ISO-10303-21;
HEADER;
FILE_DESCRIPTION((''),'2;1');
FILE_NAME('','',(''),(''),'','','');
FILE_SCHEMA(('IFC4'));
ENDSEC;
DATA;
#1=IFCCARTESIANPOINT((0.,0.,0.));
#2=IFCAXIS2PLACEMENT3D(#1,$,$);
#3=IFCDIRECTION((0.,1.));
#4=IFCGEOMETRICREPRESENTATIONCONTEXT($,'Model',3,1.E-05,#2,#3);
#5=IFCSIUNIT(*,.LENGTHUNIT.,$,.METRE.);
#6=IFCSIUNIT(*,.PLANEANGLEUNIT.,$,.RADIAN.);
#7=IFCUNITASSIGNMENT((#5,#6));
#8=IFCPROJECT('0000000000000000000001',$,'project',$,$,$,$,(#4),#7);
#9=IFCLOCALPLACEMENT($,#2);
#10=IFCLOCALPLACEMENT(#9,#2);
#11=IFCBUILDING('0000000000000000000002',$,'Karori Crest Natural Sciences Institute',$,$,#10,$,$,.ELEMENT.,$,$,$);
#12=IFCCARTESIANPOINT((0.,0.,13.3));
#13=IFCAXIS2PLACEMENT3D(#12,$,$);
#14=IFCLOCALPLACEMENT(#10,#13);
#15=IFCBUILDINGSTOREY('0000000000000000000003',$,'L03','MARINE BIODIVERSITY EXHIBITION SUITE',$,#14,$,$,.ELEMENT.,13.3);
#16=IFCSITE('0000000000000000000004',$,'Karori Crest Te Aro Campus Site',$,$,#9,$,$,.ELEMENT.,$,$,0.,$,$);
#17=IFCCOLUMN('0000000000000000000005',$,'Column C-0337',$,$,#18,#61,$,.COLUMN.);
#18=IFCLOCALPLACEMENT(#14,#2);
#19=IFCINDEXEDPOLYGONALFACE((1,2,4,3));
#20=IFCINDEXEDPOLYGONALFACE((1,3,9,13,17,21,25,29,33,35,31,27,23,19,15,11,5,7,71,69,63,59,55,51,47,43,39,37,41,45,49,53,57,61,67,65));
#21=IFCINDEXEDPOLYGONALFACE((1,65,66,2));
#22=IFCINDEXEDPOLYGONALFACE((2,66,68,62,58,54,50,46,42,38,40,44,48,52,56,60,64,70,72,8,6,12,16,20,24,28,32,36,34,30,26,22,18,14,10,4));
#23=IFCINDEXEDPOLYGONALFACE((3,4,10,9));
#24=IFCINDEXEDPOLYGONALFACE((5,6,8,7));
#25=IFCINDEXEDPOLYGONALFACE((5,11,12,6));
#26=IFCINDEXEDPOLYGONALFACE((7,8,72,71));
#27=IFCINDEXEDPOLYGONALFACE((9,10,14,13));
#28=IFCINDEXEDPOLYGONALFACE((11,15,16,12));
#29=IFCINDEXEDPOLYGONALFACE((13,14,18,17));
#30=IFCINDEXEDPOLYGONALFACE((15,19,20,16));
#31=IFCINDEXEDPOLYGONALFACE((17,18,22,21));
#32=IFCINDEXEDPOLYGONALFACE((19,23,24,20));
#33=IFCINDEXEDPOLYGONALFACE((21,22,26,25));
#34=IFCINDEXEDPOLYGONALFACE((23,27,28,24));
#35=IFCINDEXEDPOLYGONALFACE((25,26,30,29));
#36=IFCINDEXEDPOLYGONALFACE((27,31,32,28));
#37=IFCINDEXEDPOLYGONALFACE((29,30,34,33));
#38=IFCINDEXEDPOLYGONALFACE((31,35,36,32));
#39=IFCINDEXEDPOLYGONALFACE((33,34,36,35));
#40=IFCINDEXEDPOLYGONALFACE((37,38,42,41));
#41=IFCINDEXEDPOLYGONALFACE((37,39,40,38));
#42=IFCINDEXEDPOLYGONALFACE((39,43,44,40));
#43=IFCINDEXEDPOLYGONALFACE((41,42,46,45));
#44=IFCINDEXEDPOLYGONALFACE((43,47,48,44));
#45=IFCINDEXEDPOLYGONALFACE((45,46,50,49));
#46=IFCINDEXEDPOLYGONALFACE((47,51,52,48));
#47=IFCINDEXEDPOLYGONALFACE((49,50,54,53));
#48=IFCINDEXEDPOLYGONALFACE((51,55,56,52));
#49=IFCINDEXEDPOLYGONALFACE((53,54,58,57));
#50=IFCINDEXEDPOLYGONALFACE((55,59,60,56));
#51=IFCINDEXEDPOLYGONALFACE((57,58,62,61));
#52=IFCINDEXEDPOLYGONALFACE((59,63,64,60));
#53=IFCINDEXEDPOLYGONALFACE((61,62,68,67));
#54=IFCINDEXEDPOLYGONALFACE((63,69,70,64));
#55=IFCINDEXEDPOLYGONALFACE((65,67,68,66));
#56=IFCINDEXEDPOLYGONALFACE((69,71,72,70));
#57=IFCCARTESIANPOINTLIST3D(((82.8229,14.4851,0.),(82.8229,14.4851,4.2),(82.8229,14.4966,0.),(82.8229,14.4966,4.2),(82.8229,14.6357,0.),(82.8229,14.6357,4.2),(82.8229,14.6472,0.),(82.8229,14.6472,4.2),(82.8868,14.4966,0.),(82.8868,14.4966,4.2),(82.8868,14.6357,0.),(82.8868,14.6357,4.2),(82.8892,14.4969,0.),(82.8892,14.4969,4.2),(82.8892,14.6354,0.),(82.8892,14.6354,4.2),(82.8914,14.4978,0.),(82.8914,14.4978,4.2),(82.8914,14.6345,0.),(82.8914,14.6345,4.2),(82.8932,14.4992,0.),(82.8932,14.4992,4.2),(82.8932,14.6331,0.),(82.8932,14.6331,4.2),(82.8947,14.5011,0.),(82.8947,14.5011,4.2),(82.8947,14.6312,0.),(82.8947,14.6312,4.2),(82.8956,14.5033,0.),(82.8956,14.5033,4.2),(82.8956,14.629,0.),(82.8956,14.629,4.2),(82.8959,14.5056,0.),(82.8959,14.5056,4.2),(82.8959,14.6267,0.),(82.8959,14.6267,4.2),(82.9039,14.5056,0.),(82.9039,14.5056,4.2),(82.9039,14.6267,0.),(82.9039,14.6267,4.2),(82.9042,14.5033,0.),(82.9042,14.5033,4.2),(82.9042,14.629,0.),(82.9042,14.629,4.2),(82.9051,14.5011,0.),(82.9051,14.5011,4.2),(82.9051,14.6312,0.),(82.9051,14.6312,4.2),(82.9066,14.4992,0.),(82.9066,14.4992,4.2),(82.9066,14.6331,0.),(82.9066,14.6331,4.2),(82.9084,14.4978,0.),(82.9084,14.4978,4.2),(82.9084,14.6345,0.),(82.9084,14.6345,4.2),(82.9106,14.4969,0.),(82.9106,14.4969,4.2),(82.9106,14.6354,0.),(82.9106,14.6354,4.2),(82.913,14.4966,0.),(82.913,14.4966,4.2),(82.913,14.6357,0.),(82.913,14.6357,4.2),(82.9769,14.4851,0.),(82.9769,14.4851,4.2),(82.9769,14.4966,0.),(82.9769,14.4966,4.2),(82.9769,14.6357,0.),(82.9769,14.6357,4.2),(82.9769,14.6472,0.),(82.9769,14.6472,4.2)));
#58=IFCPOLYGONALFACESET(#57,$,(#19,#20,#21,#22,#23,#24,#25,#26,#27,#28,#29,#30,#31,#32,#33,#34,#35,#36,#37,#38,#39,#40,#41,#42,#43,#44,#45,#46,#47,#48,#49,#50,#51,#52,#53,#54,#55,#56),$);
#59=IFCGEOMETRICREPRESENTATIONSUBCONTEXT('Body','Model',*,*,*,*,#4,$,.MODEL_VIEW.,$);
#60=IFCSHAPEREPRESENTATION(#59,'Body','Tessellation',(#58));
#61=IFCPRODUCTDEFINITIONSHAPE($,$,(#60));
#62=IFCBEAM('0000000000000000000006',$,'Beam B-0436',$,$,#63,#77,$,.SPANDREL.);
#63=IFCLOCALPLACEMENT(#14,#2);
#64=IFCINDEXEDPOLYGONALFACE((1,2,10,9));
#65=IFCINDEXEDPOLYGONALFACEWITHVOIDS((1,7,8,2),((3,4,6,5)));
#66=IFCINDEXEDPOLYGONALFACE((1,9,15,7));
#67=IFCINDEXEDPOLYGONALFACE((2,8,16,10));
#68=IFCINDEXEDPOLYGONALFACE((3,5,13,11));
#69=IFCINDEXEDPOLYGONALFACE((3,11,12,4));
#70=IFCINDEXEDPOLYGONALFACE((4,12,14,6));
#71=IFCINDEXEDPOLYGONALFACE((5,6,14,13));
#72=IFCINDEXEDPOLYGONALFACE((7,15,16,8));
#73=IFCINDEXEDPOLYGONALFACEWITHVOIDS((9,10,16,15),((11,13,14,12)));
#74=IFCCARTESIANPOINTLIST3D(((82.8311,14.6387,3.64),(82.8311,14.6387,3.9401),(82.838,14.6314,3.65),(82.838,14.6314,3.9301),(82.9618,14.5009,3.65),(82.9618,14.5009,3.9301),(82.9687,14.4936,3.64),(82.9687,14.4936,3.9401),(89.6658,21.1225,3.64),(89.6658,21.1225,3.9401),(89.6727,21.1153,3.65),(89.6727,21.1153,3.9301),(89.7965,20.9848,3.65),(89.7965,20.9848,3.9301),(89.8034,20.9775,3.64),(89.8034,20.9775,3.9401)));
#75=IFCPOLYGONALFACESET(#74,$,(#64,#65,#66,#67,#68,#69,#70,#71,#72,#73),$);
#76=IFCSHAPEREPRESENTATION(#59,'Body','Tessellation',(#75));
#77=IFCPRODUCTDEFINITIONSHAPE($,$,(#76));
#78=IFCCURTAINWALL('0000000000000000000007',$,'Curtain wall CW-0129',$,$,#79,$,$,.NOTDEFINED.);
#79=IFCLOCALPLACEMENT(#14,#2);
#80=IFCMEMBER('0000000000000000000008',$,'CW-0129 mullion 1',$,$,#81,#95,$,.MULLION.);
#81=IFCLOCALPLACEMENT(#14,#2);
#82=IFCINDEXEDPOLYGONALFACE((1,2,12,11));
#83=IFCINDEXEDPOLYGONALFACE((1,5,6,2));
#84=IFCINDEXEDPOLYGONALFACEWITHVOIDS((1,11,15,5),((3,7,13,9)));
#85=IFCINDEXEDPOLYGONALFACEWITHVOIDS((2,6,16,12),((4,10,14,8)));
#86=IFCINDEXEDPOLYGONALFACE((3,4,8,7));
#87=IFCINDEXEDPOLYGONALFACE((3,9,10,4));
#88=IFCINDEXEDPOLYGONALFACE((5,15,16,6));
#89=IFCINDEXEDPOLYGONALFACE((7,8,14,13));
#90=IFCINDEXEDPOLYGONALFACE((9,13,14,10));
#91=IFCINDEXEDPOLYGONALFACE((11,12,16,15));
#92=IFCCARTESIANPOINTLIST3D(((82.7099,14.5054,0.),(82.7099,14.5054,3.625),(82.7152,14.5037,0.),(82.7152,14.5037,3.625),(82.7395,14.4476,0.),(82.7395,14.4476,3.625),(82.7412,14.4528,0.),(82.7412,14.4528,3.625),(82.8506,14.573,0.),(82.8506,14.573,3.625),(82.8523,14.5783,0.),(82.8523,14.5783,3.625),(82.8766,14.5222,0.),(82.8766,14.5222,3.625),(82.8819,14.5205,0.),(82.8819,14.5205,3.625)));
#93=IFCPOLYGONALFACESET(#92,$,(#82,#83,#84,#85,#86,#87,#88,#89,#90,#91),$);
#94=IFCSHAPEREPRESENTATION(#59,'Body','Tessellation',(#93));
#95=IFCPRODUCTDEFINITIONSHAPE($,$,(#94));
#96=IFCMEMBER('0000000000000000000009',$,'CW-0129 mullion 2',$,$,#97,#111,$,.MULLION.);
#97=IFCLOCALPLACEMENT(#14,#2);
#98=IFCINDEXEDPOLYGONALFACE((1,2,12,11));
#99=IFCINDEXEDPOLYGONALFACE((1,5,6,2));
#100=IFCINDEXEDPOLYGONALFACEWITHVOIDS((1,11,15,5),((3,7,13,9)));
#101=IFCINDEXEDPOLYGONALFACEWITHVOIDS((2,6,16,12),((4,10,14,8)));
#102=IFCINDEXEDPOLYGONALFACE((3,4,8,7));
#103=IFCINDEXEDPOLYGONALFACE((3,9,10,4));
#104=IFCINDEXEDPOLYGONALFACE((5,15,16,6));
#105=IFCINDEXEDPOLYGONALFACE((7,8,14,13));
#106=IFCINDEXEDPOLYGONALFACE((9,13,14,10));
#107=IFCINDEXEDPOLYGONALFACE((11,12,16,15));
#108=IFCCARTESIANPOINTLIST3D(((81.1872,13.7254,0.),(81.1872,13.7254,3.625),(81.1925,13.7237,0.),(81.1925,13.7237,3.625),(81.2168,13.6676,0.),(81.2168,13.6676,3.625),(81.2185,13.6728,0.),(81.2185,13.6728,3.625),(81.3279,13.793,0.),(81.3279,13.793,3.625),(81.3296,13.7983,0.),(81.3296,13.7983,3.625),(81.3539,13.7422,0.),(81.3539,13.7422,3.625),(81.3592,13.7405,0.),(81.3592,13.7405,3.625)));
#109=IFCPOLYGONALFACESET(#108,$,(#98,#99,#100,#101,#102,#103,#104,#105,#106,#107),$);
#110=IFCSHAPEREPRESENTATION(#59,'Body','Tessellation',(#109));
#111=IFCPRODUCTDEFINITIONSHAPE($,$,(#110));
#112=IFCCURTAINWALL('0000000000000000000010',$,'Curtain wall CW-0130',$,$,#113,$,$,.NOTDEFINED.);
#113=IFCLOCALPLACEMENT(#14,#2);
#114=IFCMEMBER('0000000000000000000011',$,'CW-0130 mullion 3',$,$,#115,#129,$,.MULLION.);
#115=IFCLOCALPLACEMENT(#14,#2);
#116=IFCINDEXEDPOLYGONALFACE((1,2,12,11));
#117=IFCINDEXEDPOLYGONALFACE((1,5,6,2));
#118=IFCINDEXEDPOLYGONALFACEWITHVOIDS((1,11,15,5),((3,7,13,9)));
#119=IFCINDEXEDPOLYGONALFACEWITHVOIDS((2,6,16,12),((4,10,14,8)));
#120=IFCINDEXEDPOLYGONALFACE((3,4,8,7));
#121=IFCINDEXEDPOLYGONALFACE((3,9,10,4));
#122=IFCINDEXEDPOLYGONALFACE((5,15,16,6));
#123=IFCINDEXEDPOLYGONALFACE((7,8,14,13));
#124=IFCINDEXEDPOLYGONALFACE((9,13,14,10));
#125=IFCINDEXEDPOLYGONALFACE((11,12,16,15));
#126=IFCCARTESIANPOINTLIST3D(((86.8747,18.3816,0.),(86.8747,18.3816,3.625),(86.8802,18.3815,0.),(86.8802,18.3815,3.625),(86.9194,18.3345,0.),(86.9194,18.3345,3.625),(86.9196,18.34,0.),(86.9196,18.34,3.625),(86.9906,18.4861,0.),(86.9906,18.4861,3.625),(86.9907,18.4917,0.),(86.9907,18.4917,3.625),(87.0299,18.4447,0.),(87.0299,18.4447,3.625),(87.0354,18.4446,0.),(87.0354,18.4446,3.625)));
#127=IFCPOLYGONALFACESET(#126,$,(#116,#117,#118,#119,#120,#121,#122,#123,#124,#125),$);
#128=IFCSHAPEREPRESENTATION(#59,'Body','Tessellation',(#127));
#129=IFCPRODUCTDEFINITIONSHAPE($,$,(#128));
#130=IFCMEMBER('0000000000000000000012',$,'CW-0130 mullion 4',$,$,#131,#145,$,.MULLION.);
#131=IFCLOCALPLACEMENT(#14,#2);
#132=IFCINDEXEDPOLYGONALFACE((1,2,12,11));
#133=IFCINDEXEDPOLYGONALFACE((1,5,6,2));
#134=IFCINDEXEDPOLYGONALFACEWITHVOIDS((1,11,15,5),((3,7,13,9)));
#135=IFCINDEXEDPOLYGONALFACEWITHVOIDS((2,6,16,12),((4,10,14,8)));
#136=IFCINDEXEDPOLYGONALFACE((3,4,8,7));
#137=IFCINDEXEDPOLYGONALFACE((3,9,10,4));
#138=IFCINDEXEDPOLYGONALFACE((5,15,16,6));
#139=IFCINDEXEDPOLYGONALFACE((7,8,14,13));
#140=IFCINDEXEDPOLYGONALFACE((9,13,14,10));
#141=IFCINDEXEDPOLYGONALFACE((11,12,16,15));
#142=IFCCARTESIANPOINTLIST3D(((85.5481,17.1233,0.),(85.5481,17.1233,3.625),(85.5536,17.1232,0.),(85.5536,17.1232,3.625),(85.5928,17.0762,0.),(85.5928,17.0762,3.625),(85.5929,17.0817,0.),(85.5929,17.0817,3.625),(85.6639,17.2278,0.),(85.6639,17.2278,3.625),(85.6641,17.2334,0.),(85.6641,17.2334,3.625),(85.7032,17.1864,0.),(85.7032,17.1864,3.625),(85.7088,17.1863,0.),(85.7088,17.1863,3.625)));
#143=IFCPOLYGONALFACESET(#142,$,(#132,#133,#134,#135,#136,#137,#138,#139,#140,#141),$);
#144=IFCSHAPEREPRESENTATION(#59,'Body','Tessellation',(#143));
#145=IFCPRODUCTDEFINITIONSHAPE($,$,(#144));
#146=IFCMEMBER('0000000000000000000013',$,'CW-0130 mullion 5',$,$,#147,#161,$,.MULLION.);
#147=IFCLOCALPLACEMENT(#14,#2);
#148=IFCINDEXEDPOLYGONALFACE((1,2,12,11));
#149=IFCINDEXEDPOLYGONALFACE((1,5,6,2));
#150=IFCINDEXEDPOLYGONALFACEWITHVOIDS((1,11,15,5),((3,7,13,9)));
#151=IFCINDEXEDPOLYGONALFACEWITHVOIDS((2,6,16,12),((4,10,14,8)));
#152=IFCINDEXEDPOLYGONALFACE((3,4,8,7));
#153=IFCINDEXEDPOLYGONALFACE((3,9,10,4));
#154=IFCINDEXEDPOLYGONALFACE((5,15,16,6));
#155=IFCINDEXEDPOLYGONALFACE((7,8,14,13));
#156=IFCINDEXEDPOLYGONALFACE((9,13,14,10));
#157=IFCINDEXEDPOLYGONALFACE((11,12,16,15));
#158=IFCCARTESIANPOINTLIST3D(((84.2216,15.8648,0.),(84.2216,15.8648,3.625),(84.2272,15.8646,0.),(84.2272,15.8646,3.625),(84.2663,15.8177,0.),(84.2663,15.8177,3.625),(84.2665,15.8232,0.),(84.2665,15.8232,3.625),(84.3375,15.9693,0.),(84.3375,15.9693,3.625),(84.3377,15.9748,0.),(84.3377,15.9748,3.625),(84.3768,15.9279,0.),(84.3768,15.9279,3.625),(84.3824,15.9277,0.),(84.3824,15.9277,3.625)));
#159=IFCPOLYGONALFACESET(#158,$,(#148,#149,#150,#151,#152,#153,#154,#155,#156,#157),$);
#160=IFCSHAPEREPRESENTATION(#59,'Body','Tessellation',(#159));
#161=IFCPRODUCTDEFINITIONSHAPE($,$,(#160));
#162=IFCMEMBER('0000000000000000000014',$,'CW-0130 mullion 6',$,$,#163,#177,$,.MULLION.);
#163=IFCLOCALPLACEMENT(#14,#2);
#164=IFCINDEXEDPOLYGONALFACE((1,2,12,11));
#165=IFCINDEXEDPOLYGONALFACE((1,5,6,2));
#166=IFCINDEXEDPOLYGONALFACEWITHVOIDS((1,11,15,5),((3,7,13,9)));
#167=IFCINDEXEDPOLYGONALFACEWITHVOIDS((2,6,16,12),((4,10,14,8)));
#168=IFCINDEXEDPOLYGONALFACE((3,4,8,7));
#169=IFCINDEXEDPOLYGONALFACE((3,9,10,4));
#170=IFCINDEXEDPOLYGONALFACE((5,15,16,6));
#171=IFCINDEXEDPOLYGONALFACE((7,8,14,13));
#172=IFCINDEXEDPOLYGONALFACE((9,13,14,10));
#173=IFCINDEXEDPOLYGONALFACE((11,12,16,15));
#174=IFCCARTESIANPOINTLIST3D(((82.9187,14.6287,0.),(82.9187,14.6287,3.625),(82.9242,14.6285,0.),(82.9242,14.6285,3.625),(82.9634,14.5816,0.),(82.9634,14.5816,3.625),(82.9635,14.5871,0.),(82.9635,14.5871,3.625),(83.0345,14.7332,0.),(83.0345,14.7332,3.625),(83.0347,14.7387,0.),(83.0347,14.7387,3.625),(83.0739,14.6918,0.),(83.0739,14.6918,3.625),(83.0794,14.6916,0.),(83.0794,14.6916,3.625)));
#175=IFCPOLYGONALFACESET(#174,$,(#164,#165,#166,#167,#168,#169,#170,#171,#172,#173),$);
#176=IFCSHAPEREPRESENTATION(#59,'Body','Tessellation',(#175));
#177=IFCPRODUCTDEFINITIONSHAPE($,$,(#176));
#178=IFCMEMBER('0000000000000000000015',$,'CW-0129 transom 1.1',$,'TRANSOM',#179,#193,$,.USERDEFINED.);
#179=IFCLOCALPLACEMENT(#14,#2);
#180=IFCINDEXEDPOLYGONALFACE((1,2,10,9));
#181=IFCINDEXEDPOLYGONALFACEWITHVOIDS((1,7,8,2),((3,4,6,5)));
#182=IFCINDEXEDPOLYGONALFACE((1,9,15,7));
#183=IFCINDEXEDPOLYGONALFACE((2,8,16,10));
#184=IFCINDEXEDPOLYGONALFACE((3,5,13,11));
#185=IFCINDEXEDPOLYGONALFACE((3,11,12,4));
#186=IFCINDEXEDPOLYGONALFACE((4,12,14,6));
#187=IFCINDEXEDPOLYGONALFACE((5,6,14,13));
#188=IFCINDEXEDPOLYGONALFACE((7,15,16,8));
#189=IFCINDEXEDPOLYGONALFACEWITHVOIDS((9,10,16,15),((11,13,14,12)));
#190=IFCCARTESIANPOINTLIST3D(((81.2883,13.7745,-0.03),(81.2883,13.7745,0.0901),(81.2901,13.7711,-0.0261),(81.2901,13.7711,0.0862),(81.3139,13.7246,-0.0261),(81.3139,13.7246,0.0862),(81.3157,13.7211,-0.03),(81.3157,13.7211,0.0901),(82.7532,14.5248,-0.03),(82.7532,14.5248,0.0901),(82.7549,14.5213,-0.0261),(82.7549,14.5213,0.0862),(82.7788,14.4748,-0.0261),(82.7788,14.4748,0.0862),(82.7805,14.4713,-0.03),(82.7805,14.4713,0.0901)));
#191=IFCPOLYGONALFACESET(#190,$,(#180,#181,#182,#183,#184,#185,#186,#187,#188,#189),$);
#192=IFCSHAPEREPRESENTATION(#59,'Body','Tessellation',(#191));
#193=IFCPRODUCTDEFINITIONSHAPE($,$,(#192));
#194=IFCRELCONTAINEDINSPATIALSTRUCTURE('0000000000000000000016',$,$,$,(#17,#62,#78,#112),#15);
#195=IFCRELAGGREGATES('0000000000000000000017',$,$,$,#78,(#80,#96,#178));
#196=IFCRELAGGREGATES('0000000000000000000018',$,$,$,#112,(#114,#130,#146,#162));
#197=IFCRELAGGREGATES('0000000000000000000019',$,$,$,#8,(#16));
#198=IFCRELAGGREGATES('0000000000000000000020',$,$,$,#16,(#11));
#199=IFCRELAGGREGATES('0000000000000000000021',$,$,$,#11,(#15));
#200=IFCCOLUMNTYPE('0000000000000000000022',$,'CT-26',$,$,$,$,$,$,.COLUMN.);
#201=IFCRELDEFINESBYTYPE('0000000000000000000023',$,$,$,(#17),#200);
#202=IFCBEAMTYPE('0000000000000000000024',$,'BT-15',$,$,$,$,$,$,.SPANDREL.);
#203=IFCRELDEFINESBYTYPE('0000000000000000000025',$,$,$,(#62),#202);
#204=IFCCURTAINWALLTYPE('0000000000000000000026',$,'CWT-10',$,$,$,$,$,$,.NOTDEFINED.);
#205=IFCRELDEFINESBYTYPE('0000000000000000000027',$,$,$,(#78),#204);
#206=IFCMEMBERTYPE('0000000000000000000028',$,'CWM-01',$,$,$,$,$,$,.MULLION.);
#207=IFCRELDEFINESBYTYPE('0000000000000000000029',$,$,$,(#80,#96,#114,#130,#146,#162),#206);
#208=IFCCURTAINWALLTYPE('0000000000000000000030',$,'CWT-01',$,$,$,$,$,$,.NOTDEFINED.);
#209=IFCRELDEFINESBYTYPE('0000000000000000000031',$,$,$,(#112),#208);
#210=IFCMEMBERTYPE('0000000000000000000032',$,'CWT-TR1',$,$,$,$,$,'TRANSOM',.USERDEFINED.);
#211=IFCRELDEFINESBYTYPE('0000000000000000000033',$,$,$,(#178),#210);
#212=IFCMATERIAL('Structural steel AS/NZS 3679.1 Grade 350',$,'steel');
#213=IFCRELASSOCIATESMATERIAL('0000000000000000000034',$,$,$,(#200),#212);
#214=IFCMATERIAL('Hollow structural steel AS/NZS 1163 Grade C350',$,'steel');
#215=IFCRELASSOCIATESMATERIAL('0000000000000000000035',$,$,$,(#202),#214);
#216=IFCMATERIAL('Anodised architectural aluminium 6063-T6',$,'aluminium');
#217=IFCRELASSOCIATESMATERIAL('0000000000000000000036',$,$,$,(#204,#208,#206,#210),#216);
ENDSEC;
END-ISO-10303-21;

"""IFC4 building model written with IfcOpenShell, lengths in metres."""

from ifc_helpers import new_model, si_unit, direction, frame, origin, origin_2d, place, context, subcontext, project, spatial, hollow_rectangle, i_section, extrude, material, material_profile, profile_set, type_object, element, aggregate, save


model = new_model("IFC4")

# Units and contexts
model_context = context("Model", 3, precision=1e-05, world=origin(), true_north=direction((0.0, 1.0)))
body_context = subcontext(model_context, "Body", "Model", "MODEL_VIEW")
ifc_project = project(units=[si_unit("LENGTHUNIT", "METRE"), si_unit("PLANEANGLEUNIT", "RADIAN")], contexts=[model_context])

# Site, building, storey
site_placement = place(None, origin())
site = spatial("IfcSite", under=ifc_project, at=site_placement, Name="Karori Crest Te Aro Campus Site", CompositionType="ELEMENT", RefElevation=0.0)
building_placement = place(site_placement, origin())
building = spatial("IfcBuilding", under=site, at=building_placement, Name="Karori Crest Natural Sciences Institute", CompositionType="ELEMENT")
storey_placement = place(building_placement, frame((0.0, 0.0, 13.3)))
storey = spatial("IfcBuildingStorey", under=building, at=storey_placement, Name="L03", Description="MARINE BIODIVERSITY EXHIBITION SUITE", CompositionType="ELEMENT", Elevation=13.3)

# Column
ifc_material_1 = material(Name="Structural steel AS/NZS 3679.1 Grade 350", Category="steel")
ifc_material_profile_1 = material_profile(ifc_material_1, i_section(OverallWidth=0.1541, OverallDepth=0.1621, WebThickness=0.0081, FlangeThickness=0.0115, FilletRadius=0.009, at=origin_2d()), Name="150UC37.2")
ifc_profile_set_1 = profile_set([ifc_material_profile_1], Name="Structural steel AS/NZS 3679.1 Grade 350")
column_type = type_object("IfcColumnType", Name="CT-26", PredefinedType="COLUMN", material=ifc_profile_set_1)
column_placement = place(storey_placement, frame((82.8999, 14.5662, 0.0), z_axis=(0.0, 0.0, 1.0), x_axis=(1.0, 0.0, 0.0)))
element("IfcColumn", 1, at=column_placement, inside=storey, type_object=column_type, Name="Column C-0337", PredefinedType="COLUMN", context=body_context, shape_type="SweptSolid", body=[
    extrude(i_section(OverallWidth=0.1541, OverallDepth=0.1621, WebThickness=0.0081, FlangeThickness=0.0115, FilletRadius=0.009, at=origin_2d()), origin(), (0.0, 0.0, 1.0), 4.2),
])

# Beam
ifc_material_2 = material(Name="Hollow structural steel AS/NZS 1163 Grade C350", Category="steel")
ifc_material_profile_2 = material_profile(ifc_material_2, hollow_rectangle(XDim=0.2, YDim=0.3, WallThickness=0.01, at=origin_2d()), Name="RHS300x200x10")
ifc_profile_set_2 = profile_set([ifc_material_profile_2], Name="Hollow structural steel AS/NZS 1163 Grade C350")
beam_type = type_object("IfcBeamType", Name="BT-15", PredefinedType="SPANDREL", material=ifc_profile_set_2)
beam_placement = place(storey_placement, frame((82.8999, 14.5662, 3.79), z_axis=(0.725481, 0.688242, 0.0), x_axis=(-0.688242, 0.725481, 0.0)))
element("IfcBeam", 2, at=beam_placement, inside=storey, type_object=beam_type, Name="Beam B-0436", PredefinedType="SPANDREL", context=body_context, shape_type="SweptSolid", body=[
    extrude(hollow_rectangle(XDim=0.2, YDim=0.3, WallThickness=0.01, at=origin_2d()), origin(), (0.0, 0.0, 1.0), 9.4209),
])

# Curtain walls, members
ifc_material_3 = material(Name="Anodised architectural aluminium 6063-T6", Category="aluminium")
curtain_wall_type_1 = type_object("IfcCurtainWallType", Name="CWT-10", PredefinedType="NOTDEFINED", material=ifc_material_3)
curtain_wall_1_placement = place(storey_placement, origin())
curtain_wall_1 = element("IfcCurtainWall", 3, at=curtain_wall_1_placement, inside=storey, type_object=curtain_wall_type_1, Name="Curtain wall CW-0129", PredefinedType="NOTDEFINED")
ifc_material_profile_3 = material_profile(ifc_material_3, hollow_rectangle(XDim=0.0649, YDim=0.1599, WallThickness=0.0039, at=origin_2d()), Name="CWM160x65x4")
ifc_profile_set_3 = profile_set([ifc_material_profile_3], Name="Anodised architectural aluminium 6063-T6")
member_type_1 = type_object("IfcMemberType", Name="CWM-01", PredefinedType="MULLION", material=ifc_profile_set_3)
member_1_placement = place(storey_placement, frame((82.7959, 14.5129, 0.0), z_axis=(0.0, 0.0, 1.0), x_axis=(0.455829, -0.890067, 0.0)))
member_1 = element("IfcMember", 4, at=member_1_placement, type_object=member_type_1, Name="CW-0129 mullion 1", PredefinedType="MULLION", context=body_context, shape_type="SweptSolid", body=[
    extrude(hollow_rectangle(XDim=0.0649, YDim=0.1599, WallThickness=0.0039, at=origin_2d()), origin(), (0.0, 0.0, 1.0), 3.625),
])
member_2_placement = place(storey_placement, frame((81.2732, 13.7329, 0.0), z_axis=(0.0, 0.0, 1.0), x_axis=(0.455829, -0.890067, 0.0)))
member_2 = element("IfcMember", 5, at=member_2_placement, type_object=member_type_1, Name="CW-0129 mullion 2", PredefinedType="MULLION", context=body_context, shape_type="SweptSolid", body=[
    extrude(hollow_rectangle(XDim=0.0649, YDim=0.1599, WallThickness=0.0039, at=origin_2d()), origin(), (0.0, 0.0, 1.0), 3.625),
])
curtain_wall_type_2 = type_object("IfcCurtainWallType", Name="CWT-01", PredefinedType="NOTDEFINED", material=ifc_material_3)
curtain_wall_2_placement = place(storey_placement, origin())
curtain_wall_2 = element("IfcCurtainWall", 6, at=curtain_wall_2_placement, inside=storey, type_object=curtain_wall_type_2, Name="Curtain wall CW-0130", PredefinedType="NOTDEFINED")
member_3_placement = place(storey_placement, frame((86.9551, 18.4131, 0.0), z_axis=(0.0, 0.0, 1.0), x_axis=(0.688251, -0.725473, 0.0)))
member_3 = element("IfcMember", 7, at=member_3_placement, type_object=member_type_1, Name="CW-0130 mullion 3", PredefinedType="MULLION", context=body_context, shape_type="SweptSolid", body=[
    extrude(hollow_rectangle(XDim=0.0649, YDim=0.1599, WallThickness=0.0039, at=origin_2d()), origin(), (0.0, 0.0, 1.0), 3.625),
])
member_4_placement = place(storey_placement, frame((85.6284, 17.1548, 0.0), z_axis=(0.0, 0.0, 1.0), x_axis=(0.688251, -0.725473, 0.0)))
member_4 = element("IfcMember", 8, at=member_4_placement, type_object=member_type_1, Name="CW-0130 mullion 4", PredefinedType="MULLION", context=body_context, shape_type="SweptSolid", body=[
    extrude(hollow_rectangle(XDim=0.0649, YDim=0.1599, WallThickness=0.0039, at=origin_2d()), origin(), (0.0, 0.0, 1.0), 3.625),
])
member_5_placement = place(storey_placement, frame((84.302, 15.8962, 0.0), z_axis=(0.0, 0.0, 1.0), x_axis=(0.688251, -0.725473, 0.0)))
member_5 = element("IfcMember", 9, at=member_5_placement, type_object=member_type_1, Name="CW-0130 mullion 5", PredefinedType="MULLION", context=body_context, shape_type="SweptSolid", body=[
    extrude(hollow_rectangle(XDim=0.0649, YDim=0.1599, WallThickness=0.0039, at=origin_2d()), origin(), (0.0, 0.0, 1.0), 3.625),
])
member_6_placement = place(storey_placement, frame((82.999, 14.6602, 0.0), z_axis=(0.0, 0.0, 1.0), x_axis=(0.688251, -0.725473, 0.0)))
member_6 = element("IfcMember", 10, at=member_6_placement, type_object=member_type_1, Name="CW-0130 mullion 6", PredefinedType="MULLION", context=body_context, shape_type="SweptSolid", body=[
    extrude(hollow_rectangle(XDim=0.0649, YDim=0.1599, WallThickness=0.0039, at=origin_2d()), origin(), (0.0, 0.0, 1.0), 3.625),
])

# Member
ifc_material_profile_4 = material_profile(ifc_material_3, hollow_rectangle(XDim=0.0601, YDim=0.1201, WallThickness=0.0039, at=origin_2d()), Name="CWT120x60x4")
ifc_profile_set_4 = profile_set([ifc_material_profile_4], Name="Anodised architectural aluminium 6063-T6")
member_type_2 = type_object("IfcMemberType", Name="CWT-TR1", ElementType="TRANSOM", PredefinedType="USERDEFINED", material=ifc_profile_set_4)
member_7_placement = place(storey_placement, frame((82.7668, 14.498, 0.03), z_axis=(-0.890054, -0.455856, 0.0), x_axis=(0.455856, -0.890054, 0.0)))
member_7 = element("IfcMember", 11, at=member_7_placement, type_object=member_type_2, Name="CW-0129 transom 1.1", ObjectType="TRANSOM", PredefinedType="USERDEFINED", context=body_context, shape_type="SweptSolid", body=[
    extrude(hollow_rectangle(XDim=0.0601, YDim=0.1201, WallThickness=0.0039, at=origin_2d()), origin(), (0.0, 0.0, 1.0), 1.6458),
])

aggregate(curtain_wall_1, [member_1, member_2, member_7])
aggregate(curtain_wall_2, [member_3, member_4, member_5, member_6])

save(model, "model.ifc")
